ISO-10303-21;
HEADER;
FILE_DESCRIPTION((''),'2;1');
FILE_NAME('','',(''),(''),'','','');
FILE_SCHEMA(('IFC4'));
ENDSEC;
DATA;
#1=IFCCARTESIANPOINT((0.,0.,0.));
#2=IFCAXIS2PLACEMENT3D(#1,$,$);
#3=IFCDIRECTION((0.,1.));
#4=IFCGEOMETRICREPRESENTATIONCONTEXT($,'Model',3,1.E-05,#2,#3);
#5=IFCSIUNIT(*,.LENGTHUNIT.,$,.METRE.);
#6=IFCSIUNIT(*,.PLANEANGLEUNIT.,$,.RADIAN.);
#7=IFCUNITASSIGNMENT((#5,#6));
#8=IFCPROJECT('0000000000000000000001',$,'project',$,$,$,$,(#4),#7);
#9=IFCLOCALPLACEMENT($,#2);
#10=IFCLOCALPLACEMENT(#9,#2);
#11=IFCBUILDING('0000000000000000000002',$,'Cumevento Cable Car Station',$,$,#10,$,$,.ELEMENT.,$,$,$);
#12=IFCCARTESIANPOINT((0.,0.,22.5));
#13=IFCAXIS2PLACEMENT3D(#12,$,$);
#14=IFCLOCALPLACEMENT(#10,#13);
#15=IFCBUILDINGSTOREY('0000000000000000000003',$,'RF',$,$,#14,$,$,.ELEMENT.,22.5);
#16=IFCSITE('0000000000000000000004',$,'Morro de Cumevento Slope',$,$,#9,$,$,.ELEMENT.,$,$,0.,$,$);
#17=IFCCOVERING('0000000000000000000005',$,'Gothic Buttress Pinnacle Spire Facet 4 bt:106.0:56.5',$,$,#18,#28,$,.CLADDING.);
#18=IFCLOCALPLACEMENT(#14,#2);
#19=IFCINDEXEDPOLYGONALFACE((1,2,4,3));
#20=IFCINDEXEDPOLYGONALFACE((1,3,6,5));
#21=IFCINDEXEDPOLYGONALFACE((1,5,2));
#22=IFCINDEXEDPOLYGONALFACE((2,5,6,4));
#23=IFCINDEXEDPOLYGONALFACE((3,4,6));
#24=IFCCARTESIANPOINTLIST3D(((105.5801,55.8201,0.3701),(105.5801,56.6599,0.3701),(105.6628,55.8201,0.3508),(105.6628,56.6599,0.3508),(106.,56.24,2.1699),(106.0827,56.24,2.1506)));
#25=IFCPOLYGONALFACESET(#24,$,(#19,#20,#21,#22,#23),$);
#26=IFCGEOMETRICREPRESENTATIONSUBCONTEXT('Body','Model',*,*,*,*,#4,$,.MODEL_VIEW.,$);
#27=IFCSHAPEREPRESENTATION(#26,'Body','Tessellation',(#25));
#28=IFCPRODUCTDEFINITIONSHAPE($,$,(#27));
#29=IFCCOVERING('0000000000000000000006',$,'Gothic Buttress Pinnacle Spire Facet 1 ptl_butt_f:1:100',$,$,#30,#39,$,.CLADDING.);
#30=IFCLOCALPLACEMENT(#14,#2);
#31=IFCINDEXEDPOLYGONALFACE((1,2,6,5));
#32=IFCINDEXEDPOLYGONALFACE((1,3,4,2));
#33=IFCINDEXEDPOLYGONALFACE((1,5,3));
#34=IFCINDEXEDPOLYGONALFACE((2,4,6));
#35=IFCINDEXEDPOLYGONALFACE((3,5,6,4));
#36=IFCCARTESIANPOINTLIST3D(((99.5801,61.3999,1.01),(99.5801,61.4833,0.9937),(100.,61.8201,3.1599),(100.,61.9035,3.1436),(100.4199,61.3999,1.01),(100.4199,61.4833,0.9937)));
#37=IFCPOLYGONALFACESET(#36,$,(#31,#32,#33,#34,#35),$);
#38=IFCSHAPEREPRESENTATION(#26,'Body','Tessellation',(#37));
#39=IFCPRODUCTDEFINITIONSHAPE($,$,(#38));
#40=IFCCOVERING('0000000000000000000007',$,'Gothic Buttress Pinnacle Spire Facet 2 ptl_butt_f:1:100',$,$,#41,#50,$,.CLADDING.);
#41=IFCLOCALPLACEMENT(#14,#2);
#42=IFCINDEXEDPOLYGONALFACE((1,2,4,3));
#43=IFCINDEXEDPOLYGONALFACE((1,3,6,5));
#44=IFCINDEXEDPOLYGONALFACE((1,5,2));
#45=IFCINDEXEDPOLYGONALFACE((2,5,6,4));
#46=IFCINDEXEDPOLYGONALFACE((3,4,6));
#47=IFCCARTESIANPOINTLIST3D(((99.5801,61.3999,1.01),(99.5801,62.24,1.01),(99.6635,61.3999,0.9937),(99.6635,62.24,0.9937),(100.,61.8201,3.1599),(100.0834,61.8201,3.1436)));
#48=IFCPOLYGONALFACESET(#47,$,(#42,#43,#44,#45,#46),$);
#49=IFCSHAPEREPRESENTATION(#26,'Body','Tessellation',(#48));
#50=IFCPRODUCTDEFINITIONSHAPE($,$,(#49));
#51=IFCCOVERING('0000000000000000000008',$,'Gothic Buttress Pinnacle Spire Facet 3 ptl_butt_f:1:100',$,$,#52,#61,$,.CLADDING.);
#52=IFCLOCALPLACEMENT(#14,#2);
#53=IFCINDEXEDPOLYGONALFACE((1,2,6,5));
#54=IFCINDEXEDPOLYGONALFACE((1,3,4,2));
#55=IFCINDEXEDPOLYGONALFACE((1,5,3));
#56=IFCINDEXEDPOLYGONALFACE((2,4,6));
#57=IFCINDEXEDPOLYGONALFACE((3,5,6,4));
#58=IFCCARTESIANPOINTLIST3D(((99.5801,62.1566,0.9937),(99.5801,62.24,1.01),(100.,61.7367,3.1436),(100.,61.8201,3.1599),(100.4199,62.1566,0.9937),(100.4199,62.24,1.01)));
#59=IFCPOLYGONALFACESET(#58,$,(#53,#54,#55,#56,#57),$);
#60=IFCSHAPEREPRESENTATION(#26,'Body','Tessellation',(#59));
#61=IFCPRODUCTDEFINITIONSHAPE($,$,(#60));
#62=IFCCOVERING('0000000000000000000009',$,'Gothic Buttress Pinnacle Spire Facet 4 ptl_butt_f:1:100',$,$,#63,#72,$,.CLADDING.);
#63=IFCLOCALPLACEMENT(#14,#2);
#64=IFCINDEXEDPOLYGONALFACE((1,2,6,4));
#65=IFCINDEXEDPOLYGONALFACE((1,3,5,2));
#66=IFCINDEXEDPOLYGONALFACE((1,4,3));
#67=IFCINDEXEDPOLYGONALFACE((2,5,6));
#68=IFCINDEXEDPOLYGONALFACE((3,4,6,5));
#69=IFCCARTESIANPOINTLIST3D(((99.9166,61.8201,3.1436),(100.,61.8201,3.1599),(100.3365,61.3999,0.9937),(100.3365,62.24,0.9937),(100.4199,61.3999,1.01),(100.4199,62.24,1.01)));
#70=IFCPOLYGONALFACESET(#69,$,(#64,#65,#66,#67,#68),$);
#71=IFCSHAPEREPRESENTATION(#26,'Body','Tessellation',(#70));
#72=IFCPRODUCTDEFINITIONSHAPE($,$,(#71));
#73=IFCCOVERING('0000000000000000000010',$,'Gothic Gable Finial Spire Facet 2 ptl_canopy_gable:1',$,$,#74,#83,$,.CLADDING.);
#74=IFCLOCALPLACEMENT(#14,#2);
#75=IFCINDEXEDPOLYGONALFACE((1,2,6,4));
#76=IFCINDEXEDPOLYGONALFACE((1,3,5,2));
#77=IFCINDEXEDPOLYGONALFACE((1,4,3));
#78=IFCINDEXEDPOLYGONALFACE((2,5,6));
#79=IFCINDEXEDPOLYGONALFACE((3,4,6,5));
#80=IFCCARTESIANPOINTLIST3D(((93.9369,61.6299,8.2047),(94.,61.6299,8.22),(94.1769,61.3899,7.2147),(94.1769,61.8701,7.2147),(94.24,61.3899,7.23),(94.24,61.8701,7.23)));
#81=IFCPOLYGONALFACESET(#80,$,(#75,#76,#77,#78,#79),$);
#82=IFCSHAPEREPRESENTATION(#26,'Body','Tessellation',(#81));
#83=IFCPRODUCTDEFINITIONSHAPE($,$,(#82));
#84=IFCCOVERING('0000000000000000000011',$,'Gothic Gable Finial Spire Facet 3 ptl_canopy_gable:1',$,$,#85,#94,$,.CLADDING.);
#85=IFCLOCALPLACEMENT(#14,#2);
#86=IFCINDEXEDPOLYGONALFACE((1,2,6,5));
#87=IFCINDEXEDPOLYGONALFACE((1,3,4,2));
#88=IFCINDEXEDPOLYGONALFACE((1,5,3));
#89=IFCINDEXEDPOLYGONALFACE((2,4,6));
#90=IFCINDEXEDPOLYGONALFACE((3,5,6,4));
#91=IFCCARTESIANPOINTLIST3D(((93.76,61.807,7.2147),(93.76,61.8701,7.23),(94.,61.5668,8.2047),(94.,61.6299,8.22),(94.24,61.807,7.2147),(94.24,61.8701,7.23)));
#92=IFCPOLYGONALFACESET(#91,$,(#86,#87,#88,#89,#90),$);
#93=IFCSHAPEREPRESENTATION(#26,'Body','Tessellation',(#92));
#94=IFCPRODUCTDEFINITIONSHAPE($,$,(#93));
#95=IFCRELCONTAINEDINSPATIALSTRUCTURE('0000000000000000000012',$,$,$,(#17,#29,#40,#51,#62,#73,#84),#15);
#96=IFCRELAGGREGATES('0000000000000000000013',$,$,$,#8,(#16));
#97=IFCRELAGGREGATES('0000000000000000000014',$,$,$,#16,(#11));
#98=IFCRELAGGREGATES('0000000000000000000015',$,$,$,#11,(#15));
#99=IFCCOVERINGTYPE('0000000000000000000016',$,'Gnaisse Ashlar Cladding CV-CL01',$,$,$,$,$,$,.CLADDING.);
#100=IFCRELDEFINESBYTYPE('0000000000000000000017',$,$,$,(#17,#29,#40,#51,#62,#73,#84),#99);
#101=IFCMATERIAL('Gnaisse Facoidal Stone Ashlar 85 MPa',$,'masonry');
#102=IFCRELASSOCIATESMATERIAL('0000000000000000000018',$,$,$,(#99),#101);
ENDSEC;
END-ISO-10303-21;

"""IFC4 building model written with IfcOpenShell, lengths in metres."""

from ifc_helpers import new_model, si_unit, direction, frame, origin, place, context, subcontext, project, spatial, polyline, outline, extrude, material, type_object, element, save


model = new_model("IFC4")

# Units and contexts
model_context = context("Model", 3, precision=1e-05, world=origin(), true_north=direction((0.0, 1.0)))
body_context = subcontext(model_context, "Body", "Model", "MODEL_VIEW")
ifc_project = project(units=[si_unit("LENGTHUNIT", "METRE"), si_unit("PLANEANGLEUNIT", "RADIAN")], contexts=[model_context])

# Site, building, storey
site_placement = place(None, origin())
site = spatial("IfcSite", under=ifc_project, at=site_placement, Name="Morro de Cumevento Slope", CompositionType="ELEMENT", RefElevation=0.0)
building_placement = place(site_placement, origin())
building = spatial("IfcBuilding", under=site, at=building_placement, Name="Cumevento Cable Car Station", CompositionType="ELEMENT")
storey_placement = place(building_placement, frame((0.0, 0.0, 22.5)))
storey = spatial("IfcBuildingStorey", under=building, at=storey_placement, Name="RF", CompositionType="ELEMENT", Elevation=22.5)

# Coverings
ifc_material_1 = material(Name="Gnaisse Facoidal Stone Ashlar 85 MPa", Category="masonry")
covering_type_1 = type_object("IfcCoveringType", Name="Gnaisse Ashlar Cladding CV-CL01", PredefinedType="CLADDING", material=ifc_material_1)
for number, where, z_axis, x_axis, name in (
    (1, (105.5801, 55.8201, 0.3701), (-0.973845, 0.0, 0.227213), (0.0, 1.0, 0.0), "Gothic Buttress Pinnacle Spire Facet 4 bt:106.0:56.5"),
):
    element("IfcCovering", number, at=place(storey_placement, frame(where, z_axis=z_axis, x_axis=x_axis)), inside=storey, type_object=covering_type_1, Name=name, PredefinedType="CLADDING", context=body_context, shape_type="SweptSolid", body=[
        extrude(outline(polyline([(0.0, 0.0), (0.8398, 0.0), (0.4199, -1.8481), (0.0, 0.0)])), origin(), (0.0, 0.0, -1.0), 0.085),
    ])
covering_1_placement = place(storey_placement, frame((100.4199, 61.3999, 1.01), z_axis=(0.0, -0.981433, 0.191806), x_axis=(-1.0, 0.0, 0.0)))
element("IfcCovering", 2, at=covering_1_placement, inside=storey, type_object=covering_type_1, Name="Gothic Buttress Pinnacle Spire Facet 1 ptl_butt_f:1:100", PredefinedType="CLADDING", context=body_context, shape_type="SweptSolid", body=[
    extrude(outline(polyline([(0.0, 0.0), (0.8398, 0.0), (0.4199, -2.1906), (0.0, 0.0)])), origin(), (0.0, 0.0, -1.0), 0.085),
])
covering_2_placement = place(storey_placement, frame((99.5801, 61.3999, 1.01), z_axis=(-0.981454, 0.0, 0.191699), x_axis=(0.0, 1.0, 0.0)))
element("IfcCovering", 3, at=covering_2_placement, inside=storey, type_object=covering_type_1, Name="Gothic Buttress Pinnacle Spire Facet 2 ptl_butt_f:1:100", PredefinedType="CLADDING", context=body_context, shape_type="SweptSolid", body=[
    extrude(outline(polyline([(0.0, 0.0), (0.8401, 0.0), (0.4202, -2.1905), (0.0, 0.0)])), origin(), (0.0, 0.0, -1.0), 0.085),
])
covering_3_placement = place(storey_placement, frame((99.5801, 62.24, 1.01), z_axis=(0.0, 0.981454, 0.191699), x_axis=(1.0, 0.0, 0.0)))
element("IfcCovering", 4, at=covering_3_placement, inside=storey, type_object=covering_type_1, Name="Gothic Buttress Pinnacle Spire Facet 3 ptl_butt_f:1:100", PredefinedType="CLADDING", context=body_context, shape_type="SweptSolid", body=[
    extrude(outline(polyline([(0.0, 0.0), (0.8398, 0.0), (0.4199, -2.1905), (0.0, 0.0)])), origin(), (0.0, 0.0, -1.0), 0.085),
])
covering_4_placement = place(storey_placement, frame((100.4199, 62.24, 1.01), z_axis=(0.981454, 0.0, 0.191699), x_axis=(0.0, -1.0, 0.0)))
element("IfcCovering", 5, at=covering_4_placement, inside=storey, type_object=covering_type_1, Name="Gothic Buttress Pinnacle Spire Facet 4 ptl_butt_f:1:100", PredefinedType="CLADDING", context=body_context, shape_type="SweptSolid", body=[
    extrude(outline(polyline([(0.0, 0.0), (0.8401, 0.0), (0.4199, -2.1905), (0.0, 0.0)])), origin(), (0.0, 0.0, -1.0), 0.085),
])
covering_5_placement = place(storey_placement, frame((94.24, 61.3899, 7.23), z_axis=(0.971852, 0.0, 0.235593), x_axis=(0.0, 1.0, 0.0)))
element("IfcCovering", 6, at=covering_5_placement, inside=storey, type_object=covering_type_1, Name="Gothic Gable Finial Spire Facet 2 ptl_canopy_gable:1", PredefinedType="CLADDING", context=body_context, shape_type="SweptSolid", body=[
    extrude(outline(polyline([(0.0, 0.0), (0.4802, 0.0), (0.24, 1.0187), (0.0, 0.0)])), origin(), (0.0, 0.0, -1.0), 0.0649),
])
covering_6_placement = place(storey_placement, frame((94.24, 61.8701, 7.23), z_axis=(0.0, 0.971797, 0.23582), x_axis=(-1.0, 0.0, 0.0)))
element("IfcCovering", 7, at=covering_6_placement, inside=storey, type_object=covering_type_1, Name="Gothic Gable Finial Spire Facet 3 ptl_canopy_gable:1", PredefinedType="CLADDING", context=body_context, shape_type="SweptSolid", body=[
    extrude(outline(polyline([(0.0, 0.0), (0.48, 0.0), (0.24, 1.0187), (0.0, 0.0)])), origin(), (0.0, 0.0, -1.0), 0.0649),
])

save(model, "model.ifc")
